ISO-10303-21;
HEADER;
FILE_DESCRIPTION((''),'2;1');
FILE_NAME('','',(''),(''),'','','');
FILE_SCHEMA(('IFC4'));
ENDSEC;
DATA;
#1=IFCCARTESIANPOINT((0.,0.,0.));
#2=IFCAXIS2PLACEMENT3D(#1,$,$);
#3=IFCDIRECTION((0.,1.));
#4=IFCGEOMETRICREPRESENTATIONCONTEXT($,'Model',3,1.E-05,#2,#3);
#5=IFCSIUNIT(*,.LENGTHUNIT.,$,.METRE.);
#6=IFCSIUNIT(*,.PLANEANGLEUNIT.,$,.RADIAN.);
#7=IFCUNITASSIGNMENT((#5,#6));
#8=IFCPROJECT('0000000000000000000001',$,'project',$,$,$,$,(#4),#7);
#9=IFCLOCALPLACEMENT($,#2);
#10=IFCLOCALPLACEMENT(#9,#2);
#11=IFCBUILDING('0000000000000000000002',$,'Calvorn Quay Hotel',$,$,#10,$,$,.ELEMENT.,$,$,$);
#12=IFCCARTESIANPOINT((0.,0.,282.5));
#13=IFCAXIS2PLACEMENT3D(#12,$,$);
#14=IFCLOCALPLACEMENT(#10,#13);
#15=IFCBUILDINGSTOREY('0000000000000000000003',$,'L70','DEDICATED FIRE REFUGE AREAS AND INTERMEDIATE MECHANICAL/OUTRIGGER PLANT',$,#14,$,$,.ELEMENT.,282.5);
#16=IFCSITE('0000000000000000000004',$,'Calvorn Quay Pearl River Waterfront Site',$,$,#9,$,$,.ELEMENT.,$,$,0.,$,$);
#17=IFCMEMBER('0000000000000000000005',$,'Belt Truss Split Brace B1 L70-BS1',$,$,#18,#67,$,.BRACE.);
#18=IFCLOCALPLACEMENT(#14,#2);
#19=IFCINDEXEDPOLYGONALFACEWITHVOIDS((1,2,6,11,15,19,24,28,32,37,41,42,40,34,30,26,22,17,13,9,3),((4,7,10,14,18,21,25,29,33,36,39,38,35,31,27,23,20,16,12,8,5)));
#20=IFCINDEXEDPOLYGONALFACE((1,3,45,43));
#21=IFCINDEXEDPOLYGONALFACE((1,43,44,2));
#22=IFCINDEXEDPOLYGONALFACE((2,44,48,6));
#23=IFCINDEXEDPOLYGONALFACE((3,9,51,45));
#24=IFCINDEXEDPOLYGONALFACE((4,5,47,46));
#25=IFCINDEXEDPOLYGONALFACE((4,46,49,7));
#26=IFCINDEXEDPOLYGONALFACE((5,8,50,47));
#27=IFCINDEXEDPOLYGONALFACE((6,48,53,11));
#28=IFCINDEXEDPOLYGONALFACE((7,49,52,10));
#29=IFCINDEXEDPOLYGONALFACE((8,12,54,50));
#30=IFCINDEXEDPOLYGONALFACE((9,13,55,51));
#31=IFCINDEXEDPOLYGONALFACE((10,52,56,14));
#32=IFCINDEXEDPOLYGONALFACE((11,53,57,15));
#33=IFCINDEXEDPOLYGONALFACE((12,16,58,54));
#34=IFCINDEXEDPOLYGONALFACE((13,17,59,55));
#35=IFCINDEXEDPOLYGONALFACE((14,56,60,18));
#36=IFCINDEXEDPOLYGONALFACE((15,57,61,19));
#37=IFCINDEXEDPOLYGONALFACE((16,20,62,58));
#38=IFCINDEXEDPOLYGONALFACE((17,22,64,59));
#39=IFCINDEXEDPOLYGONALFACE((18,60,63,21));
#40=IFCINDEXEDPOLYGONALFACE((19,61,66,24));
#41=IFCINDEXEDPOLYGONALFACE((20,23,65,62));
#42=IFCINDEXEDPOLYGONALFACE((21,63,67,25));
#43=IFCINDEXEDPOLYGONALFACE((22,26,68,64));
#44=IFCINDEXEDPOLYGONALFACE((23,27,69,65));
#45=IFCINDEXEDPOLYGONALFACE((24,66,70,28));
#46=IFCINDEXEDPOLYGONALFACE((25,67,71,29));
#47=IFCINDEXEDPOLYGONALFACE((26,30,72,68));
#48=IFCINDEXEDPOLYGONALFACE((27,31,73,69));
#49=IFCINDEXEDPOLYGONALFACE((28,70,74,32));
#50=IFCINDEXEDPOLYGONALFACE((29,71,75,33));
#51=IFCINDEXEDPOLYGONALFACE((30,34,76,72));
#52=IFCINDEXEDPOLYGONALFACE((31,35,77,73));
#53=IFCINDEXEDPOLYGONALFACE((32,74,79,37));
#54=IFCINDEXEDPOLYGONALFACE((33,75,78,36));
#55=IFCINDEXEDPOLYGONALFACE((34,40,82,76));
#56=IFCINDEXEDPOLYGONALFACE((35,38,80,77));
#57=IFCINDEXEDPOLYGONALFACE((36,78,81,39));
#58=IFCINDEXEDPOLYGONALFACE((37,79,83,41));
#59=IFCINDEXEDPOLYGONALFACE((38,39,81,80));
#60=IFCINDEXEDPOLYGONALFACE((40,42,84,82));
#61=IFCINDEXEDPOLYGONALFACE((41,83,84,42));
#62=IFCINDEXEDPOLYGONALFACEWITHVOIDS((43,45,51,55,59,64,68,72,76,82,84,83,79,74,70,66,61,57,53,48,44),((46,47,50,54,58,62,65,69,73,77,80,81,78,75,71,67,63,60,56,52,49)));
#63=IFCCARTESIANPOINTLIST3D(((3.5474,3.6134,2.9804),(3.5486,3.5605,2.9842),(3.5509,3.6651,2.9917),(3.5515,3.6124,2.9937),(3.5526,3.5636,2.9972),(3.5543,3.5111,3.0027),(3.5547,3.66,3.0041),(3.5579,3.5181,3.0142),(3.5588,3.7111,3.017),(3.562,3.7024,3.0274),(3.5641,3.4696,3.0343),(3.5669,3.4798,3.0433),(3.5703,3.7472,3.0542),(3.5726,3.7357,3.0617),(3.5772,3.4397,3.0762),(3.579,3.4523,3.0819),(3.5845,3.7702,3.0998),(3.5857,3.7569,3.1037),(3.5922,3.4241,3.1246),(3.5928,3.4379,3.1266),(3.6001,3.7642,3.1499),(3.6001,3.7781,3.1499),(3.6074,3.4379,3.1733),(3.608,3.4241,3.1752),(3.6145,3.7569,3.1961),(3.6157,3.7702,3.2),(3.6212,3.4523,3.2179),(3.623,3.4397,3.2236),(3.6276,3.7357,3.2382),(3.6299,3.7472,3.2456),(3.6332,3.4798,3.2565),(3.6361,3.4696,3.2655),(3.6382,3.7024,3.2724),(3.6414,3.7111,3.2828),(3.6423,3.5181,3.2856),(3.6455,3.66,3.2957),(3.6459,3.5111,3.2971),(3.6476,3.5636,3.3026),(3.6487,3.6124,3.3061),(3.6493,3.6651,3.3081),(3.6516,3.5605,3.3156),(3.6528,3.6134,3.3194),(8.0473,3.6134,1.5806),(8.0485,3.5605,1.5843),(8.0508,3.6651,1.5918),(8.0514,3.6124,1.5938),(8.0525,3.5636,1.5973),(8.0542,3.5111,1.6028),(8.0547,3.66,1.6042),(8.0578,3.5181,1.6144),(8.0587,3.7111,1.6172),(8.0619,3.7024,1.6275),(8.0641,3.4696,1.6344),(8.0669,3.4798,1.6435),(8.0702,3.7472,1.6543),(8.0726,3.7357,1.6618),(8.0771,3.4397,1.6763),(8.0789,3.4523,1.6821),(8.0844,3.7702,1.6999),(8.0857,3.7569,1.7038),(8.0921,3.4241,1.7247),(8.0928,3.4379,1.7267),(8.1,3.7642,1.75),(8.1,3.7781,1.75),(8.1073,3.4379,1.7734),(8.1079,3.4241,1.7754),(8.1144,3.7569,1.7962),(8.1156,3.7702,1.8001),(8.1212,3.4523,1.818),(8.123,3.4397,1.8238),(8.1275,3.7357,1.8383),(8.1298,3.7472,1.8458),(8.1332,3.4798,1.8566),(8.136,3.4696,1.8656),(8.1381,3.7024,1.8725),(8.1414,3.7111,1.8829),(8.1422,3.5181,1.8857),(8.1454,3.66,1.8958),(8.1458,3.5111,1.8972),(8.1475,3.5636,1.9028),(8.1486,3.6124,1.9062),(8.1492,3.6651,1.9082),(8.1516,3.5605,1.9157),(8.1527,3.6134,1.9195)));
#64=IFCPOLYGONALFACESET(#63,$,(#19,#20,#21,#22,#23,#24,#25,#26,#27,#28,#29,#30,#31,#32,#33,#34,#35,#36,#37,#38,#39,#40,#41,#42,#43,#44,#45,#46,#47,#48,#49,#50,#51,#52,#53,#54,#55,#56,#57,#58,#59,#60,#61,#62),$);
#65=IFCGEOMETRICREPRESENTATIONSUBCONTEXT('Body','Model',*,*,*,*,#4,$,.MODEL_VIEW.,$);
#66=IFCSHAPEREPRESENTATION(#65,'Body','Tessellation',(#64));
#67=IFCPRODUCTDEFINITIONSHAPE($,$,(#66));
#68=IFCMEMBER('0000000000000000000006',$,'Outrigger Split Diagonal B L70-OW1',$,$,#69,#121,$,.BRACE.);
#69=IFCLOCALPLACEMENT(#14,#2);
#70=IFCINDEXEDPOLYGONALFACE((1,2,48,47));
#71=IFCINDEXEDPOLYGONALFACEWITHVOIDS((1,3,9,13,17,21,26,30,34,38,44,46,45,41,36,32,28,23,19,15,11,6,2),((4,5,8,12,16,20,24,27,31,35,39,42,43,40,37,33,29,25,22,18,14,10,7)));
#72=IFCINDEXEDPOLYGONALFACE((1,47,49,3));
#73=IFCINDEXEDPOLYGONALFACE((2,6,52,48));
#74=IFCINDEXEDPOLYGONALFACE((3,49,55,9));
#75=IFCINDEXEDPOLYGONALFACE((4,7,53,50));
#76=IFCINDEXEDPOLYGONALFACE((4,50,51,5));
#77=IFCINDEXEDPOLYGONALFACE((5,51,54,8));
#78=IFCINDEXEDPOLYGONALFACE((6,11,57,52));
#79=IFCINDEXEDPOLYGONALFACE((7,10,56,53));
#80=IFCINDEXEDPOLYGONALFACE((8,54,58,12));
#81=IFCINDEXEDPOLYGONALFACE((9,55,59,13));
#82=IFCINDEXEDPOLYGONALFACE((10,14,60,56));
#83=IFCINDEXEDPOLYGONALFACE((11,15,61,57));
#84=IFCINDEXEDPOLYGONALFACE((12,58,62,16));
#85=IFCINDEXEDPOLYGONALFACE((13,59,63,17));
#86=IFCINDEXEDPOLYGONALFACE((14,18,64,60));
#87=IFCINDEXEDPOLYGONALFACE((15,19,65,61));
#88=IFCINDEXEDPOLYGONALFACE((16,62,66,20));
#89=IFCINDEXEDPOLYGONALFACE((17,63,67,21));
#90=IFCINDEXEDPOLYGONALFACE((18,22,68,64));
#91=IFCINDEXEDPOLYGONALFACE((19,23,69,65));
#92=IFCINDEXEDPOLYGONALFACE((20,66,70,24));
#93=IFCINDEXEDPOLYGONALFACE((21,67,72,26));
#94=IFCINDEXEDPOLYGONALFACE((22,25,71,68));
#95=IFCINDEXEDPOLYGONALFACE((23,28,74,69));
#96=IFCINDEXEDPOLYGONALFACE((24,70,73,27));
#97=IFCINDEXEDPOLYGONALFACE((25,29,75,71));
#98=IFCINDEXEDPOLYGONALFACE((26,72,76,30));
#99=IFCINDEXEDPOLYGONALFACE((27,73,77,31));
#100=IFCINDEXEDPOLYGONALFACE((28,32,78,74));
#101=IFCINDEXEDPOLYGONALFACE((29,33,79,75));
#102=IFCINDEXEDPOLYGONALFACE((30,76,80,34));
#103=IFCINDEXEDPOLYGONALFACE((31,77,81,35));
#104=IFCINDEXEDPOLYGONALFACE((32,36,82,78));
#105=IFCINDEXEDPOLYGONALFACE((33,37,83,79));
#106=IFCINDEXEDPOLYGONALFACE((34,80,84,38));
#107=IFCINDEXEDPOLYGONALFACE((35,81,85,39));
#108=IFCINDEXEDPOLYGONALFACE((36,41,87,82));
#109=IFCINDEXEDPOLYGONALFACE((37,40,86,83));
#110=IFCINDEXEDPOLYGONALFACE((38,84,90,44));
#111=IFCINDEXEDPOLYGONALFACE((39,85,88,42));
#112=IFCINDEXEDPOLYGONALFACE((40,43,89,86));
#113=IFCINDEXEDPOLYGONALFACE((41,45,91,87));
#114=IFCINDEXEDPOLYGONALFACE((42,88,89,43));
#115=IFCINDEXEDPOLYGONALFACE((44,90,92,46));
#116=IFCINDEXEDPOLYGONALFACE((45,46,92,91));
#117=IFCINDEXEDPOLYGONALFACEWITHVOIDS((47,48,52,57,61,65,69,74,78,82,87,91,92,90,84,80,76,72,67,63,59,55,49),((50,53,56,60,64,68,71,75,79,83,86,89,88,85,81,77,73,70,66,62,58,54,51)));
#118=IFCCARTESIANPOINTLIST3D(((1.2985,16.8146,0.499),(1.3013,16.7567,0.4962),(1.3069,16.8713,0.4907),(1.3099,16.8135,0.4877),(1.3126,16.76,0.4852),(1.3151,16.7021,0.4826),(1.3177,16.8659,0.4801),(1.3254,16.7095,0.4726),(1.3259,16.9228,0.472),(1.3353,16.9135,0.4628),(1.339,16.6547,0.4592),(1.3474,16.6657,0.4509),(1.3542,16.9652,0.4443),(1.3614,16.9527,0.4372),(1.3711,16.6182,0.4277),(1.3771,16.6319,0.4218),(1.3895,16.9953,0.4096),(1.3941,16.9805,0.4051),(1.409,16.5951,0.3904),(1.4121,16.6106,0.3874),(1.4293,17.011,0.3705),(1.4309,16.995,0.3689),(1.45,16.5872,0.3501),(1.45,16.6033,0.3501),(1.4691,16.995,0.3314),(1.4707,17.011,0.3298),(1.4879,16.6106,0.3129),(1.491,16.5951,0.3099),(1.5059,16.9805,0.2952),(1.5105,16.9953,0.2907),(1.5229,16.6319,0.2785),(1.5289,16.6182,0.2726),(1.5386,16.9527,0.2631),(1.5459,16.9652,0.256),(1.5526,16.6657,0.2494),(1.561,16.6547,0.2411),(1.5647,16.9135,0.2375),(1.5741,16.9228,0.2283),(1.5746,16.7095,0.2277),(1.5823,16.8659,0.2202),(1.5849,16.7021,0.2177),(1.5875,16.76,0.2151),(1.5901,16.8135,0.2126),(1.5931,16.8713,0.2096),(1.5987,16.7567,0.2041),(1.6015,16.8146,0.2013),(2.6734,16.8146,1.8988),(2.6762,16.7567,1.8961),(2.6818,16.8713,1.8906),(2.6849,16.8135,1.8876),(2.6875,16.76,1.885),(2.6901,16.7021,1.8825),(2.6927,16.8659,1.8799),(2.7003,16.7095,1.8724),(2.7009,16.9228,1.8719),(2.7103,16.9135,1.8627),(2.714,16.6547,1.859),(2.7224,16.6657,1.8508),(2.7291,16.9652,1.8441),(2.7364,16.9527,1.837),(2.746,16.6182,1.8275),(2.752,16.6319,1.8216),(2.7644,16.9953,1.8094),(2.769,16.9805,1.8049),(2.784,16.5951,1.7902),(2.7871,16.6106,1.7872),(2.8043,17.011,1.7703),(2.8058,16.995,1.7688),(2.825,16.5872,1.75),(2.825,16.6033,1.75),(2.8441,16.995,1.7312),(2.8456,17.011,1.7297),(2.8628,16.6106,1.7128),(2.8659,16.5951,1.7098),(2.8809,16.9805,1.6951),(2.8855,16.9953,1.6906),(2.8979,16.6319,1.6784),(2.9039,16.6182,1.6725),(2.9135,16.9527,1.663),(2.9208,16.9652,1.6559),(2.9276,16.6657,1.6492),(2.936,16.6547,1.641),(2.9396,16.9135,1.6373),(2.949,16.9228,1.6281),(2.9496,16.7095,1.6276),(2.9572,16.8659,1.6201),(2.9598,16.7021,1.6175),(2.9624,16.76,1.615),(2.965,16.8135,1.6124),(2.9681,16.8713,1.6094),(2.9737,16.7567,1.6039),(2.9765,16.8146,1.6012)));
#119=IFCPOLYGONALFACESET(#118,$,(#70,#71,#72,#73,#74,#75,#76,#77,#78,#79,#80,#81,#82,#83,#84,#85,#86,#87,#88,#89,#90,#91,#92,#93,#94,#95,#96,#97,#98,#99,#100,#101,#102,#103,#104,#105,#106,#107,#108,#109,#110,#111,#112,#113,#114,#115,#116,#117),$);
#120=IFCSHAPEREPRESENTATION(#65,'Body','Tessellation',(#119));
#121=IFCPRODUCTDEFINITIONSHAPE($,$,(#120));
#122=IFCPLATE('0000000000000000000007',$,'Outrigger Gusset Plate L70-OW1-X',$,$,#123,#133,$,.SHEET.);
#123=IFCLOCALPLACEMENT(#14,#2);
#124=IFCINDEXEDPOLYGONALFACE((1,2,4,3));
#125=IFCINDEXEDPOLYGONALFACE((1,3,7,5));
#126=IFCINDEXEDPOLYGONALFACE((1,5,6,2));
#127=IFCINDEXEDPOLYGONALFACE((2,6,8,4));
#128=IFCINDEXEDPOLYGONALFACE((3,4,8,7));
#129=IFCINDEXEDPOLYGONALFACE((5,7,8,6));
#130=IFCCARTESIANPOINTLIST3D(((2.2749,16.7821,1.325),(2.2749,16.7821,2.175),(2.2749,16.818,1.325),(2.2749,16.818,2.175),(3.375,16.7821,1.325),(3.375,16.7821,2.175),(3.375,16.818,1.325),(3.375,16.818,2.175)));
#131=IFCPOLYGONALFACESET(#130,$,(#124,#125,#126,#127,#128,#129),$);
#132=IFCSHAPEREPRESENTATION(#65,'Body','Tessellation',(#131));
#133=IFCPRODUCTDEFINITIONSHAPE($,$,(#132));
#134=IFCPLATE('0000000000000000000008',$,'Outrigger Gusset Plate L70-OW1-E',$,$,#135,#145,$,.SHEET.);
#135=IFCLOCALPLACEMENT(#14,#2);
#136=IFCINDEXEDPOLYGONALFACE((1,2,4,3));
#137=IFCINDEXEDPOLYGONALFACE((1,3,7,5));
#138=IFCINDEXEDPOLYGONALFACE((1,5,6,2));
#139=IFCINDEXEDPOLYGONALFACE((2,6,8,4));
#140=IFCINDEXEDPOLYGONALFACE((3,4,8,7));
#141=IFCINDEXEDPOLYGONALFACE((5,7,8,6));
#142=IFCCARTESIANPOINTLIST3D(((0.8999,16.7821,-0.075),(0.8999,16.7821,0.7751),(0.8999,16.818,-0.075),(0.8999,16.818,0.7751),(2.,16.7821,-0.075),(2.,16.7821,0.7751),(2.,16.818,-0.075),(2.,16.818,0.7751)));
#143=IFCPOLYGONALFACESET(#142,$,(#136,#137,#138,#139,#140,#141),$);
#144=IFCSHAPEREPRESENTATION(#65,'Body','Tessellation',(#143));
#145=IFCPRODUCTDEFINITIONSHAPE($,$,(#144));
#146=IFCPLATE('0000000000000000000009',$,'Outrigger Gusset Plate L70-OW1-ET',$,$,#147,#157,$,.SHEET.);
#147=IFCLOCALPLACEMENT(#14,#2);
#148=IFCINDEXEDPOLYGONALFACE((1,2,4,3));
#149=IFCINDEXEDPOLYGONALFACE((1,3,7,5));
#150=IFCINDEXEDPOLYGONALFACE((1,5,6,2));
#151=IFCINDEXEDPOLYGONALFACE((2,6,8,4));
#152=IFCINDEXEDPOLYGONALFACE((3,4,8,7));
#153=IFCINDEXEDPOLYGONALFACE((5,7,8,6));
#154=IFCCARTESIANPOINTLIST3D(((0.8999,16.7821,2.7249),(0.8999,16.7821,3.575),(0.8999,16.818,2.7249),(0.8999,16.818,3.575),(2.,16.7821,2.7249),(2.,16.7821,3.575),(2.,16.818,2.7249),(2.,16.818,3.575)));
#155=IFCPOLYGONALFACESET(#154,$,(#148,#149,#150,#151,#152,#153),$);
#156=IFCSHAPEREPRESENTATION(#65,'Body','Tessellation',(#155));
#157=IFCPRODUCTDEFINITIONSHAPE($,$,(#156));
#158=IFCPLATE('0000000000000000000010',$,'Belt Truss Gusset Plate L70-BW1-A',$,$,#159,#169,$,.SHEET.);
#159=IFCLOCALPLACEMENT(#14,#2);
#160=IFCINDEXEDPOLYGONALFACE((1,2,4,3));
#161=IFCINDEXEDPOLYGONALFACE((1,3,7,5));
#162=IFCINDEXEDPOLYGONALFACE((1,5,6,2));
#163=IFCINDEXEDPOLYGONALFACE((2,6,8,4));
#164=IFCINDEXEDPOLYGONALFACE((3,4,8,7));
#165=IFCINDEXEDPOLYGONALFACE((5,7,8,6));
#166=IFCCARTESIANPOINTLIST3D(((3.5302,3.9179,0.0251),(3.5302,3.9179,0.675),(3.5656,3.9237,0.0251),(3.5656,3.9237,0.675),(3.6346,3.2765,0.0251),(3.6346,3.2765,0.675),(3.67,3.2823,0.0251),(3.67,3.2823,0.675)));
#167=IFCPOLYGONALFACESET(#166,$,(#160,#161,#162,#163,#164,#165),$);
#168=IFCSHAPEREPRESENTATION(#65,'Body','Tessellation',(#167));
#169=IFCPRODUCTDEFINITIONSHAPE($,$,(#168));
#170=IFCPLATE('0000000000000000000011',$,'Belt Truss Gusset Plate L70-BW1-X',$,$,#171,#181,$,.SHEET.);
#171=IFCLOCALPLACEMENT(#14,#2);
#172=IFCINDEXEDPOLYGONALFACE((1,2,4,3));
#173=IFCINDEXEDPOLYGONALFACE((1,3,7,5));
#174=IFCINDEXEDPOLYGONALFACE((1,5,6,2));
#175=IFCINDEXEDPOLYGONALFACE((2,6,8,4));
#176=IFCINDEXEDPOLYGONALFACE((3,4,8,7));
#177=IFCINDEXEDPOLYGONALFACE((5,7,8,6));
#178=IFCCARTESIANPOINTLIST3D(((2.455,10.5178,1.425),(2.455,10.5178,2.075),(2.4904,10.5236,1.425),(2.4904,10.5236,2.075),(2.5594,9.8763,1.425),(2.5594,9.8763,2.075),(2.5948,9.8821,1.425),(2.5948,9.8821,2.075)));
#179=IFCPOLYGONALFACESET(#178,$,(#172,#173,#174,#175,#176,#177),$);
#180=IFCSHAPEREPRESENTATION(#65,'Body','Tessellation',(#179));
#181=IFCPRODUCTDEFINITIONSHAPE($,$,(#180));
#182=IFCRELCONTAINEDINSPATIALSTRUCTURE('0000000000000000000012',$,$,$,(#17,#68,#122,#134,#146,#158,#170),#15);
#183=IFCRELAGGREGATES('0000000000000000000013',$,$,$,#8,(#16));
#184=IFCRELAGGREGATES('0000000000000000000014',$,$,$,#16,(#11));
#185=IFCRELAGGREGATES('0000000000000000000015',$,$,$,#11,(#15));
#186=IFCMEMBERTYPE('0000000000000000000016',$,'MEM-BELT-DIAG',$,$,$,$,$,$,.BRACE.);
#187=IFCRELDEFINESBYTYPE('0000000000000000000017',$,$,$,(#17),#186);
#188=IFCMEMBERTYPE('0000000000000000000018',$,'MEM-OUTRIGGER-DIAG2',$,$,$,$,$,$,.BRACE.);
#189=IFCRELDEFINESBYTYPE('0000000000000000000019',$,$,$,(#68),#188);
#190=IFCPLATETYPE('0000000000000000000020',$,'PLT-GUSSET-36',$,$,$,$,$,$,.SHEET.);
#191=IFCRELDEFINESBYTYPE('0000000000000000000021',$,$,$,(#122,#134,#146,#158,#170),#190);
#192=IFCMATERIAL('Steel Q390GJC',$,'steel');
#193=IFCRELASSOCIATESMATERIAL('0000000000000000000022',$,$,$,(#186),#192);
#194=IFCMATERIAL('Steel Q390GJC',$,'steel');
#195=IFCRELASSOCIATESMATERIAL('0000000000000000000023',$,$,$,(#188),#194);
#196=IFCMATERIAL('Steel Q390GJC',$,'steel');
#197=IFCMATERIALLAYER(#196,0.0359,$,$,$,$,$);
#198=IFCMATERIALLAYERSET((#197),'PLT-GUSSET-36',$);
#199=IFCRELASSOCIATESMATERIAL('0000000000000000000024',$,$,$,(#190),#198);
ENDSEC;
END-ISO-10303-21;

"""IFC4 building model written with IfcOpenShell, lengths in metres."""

from ifc_helpers import new_model, si_unit, direction, frame, origin, origin_2d, place, context, subcontext, project, spatial, rectangle, hollow_circle, extrude, material, layer, layer_set, material_profile, profile_set, type_object, element, save


model = new_model("IFC4")

# Units and contexts
model_context = context("Model", 3, precision=1e-05, world=origin(), true_north=direction((0.0, 1.0)))
body_context = subcontext(model_context, "Body", "Model", "MODEL_VIEW")
ifc_project = project(units=[si_unit("LENGTHUNIT", "METRE"), si_unit("PLANEANGLEUNIT", "RADIAN")], contexts=[model_context])

# Site, building, storey
site_placement = place(None, origin())
site = spatial("IfcSite", under=ifc_project, at=site_placement, Name="Calvorn Quay Pearl River Waterfront Site", CompositionType="ELEMENT", RefElevation=0.0)
building_placement = place(site_placement, origin())
building = spatial("IfcBuilding", under=site, at=building_placement, Name="Calvorn Quay Hotel", CompositionType="ELEMENT")
storey_placement = place(building_placement, frame((0.0, 0.0, 282.5)))
storey = spatial("IfcBuildingStorey", under=building, at=storey_placement, Name="L70", Description="DEDICATED FIRE REFUGE AREAS AND INTERMEDIATE MECHANICAL/OUTRIGGER PLANT", CompositionType="ELEMENT", Elevation=282.5)

# Members
ifc_material_1 = material(Name="Steel Q390GJC", Category="steel")
ifc_material_profile_1 = material_profile(ifc_material_1, hollow_circle(Radius=0.178, WallThickness=0.0139, at=origin_2d()), Name="CHS356x14")
ifc_profile_set_1 = profile_set([ifc_material_profile_1], Name="Steel Q390GJC")
member_type_1 = type_object("IfcMemberType", Name="MEM-BELT-DIAG", PredefinedType="BRACE", material=ifc_profile_set_1)
member_1_placement = place(storey_placement, frame((3.6001, 3.6001, 3.1499), z_axis=(0.954863, 0.0, -0.297048), x_axis=(0.0, 1.0, 0.0)))
element("IfcMember", 1, at=member_1_placement, inside=storey, type_object=member_type_1, Name="Belt Truss Split Brace B1 L70-BS1", PredefinedType="BRACE", context=body_context, shape_type="SweptSolid", body=[
    extrude(hollow_circle(Radius=0.178, WallThickness=0.0139, at=origin_2d()), origin(), (0.0, 0.0, 1.0), 4.7126),
])
ifc_material_2 = material(Name="Steel Q390GJC", Category="steel")
ifc_material_profile_2 = material_profile(ifc_material_2, hollow_circle(Radius=0.2129, WallThickness=0.0161, at=origin_2d()), Name="CHS426x16")
ifc_profile_set_2 = profile_set([ifc_material_profile_2], Name="Steel Q390GJC")
member_type_2 = type_object("IfcMemberType", Name="MEM-OUTRIGGER-DIAG2", PredefinedType="BRACE", material=ifc_profile_set_2)
member_2_placement = place(storey_placement, frame((2.825, 16.8, 1.75), z_axis=(-0.700733, 0.0, -0.713424), x_axis=(0.0, -1.0, 0.0)))
element("IfcMember", 2, at=member_2_placement, inside=storey, type_object=member_type_2, Name="Outrigger Split Diagonal B L70-OW1", PredefinedType="BRACE", context=body_context, shape_type="SweptSolid", body=[
    extrude(hollow_circle(Radius=0.2129, WallThickness=0.0161, at=origin_2d()), origin(), (0.0, 0.0, 1.0), 1.9622),
])

# Plates
ifc_material_3 = material(Name="Steel Q390GJC", Category="steel")
ifc_layer_1 = layer(ifc_material_3, 0.0359)
ifc_layer_set_1 = layer_set([ifc_layer_1], Name="PLT-GUSSET-36")
plate_type = type_object("IfcPlateType", Name="PLT-GUSSET-36", PredefinedType="SHEET", material=ifc_layer_set_1)
for number, where, z_axis, x_axis, name in (
    (3, (2.825, 16.8, 1.325), (0.0, 0.0, 1.0), (-1.0, 0.0, 0.0), "Outrigger Gusset Plate L70-OW1-X"),
    (4, (1.45, 16.8, -0.075), (0.0, 0.0, 1.0), (-1.0, 0.0, 0.0), "Outrigger Gusset Plate L70-OW1-E"),
    (5, (1.45, 16.8, 2.7249), (0.0, 0.0, 1.0), (-1.0, 0.0, 0.0), "Outrigger Gusset Plate L70-OW1-ET"),
):
    element("IfcPlate", number, at=place(storey_placement, frame(where, z_axis=z_axis, x_axis=x_axis)), inside=storey, type_object=plate_type, Name=name, PredefinedType="SHEET", context=body_context, shape_type="SweptSolid", body=[
        extrude(rectangle(XDim=1.1001, YDim=0.0359, at=origin_2d()), origin(), (0.0, 0.0, 1.0), 0.8501),
    ])
for number, where, z_axis, x_axis, name in (
    (6, (3.6001, 3.6001, 0.0251), (0.0, 0.0, 1.0), (-0.160743, 0.986996, 0.0), "Belt Truss Gusset Plate L70-BW1-A"),
    (7, (2.5249, 10.2, 1.425), (0.0, 0.0, 1.0), (-0.160743, 0.986996, 0.0), "Belt Truss Gusset Plate L70-BW1-X"),
):
    element("IfcPlate", number, at=place(storey_placement, frame(where, z_axis=z_axis, x_axis=x_axis)), inside=storey, type_object=plate_type, Name=name, PredefinedType="SHEET", context=body_context, shape_type="SweptSolid", body=[
        extrude(rectangle(XDim=0.6499, YDim=0.0359, at=origin_2d()), origin(), (0.0, 0.0, 1.0), 0.6499),
    ])

save(model, "model.ifc")
